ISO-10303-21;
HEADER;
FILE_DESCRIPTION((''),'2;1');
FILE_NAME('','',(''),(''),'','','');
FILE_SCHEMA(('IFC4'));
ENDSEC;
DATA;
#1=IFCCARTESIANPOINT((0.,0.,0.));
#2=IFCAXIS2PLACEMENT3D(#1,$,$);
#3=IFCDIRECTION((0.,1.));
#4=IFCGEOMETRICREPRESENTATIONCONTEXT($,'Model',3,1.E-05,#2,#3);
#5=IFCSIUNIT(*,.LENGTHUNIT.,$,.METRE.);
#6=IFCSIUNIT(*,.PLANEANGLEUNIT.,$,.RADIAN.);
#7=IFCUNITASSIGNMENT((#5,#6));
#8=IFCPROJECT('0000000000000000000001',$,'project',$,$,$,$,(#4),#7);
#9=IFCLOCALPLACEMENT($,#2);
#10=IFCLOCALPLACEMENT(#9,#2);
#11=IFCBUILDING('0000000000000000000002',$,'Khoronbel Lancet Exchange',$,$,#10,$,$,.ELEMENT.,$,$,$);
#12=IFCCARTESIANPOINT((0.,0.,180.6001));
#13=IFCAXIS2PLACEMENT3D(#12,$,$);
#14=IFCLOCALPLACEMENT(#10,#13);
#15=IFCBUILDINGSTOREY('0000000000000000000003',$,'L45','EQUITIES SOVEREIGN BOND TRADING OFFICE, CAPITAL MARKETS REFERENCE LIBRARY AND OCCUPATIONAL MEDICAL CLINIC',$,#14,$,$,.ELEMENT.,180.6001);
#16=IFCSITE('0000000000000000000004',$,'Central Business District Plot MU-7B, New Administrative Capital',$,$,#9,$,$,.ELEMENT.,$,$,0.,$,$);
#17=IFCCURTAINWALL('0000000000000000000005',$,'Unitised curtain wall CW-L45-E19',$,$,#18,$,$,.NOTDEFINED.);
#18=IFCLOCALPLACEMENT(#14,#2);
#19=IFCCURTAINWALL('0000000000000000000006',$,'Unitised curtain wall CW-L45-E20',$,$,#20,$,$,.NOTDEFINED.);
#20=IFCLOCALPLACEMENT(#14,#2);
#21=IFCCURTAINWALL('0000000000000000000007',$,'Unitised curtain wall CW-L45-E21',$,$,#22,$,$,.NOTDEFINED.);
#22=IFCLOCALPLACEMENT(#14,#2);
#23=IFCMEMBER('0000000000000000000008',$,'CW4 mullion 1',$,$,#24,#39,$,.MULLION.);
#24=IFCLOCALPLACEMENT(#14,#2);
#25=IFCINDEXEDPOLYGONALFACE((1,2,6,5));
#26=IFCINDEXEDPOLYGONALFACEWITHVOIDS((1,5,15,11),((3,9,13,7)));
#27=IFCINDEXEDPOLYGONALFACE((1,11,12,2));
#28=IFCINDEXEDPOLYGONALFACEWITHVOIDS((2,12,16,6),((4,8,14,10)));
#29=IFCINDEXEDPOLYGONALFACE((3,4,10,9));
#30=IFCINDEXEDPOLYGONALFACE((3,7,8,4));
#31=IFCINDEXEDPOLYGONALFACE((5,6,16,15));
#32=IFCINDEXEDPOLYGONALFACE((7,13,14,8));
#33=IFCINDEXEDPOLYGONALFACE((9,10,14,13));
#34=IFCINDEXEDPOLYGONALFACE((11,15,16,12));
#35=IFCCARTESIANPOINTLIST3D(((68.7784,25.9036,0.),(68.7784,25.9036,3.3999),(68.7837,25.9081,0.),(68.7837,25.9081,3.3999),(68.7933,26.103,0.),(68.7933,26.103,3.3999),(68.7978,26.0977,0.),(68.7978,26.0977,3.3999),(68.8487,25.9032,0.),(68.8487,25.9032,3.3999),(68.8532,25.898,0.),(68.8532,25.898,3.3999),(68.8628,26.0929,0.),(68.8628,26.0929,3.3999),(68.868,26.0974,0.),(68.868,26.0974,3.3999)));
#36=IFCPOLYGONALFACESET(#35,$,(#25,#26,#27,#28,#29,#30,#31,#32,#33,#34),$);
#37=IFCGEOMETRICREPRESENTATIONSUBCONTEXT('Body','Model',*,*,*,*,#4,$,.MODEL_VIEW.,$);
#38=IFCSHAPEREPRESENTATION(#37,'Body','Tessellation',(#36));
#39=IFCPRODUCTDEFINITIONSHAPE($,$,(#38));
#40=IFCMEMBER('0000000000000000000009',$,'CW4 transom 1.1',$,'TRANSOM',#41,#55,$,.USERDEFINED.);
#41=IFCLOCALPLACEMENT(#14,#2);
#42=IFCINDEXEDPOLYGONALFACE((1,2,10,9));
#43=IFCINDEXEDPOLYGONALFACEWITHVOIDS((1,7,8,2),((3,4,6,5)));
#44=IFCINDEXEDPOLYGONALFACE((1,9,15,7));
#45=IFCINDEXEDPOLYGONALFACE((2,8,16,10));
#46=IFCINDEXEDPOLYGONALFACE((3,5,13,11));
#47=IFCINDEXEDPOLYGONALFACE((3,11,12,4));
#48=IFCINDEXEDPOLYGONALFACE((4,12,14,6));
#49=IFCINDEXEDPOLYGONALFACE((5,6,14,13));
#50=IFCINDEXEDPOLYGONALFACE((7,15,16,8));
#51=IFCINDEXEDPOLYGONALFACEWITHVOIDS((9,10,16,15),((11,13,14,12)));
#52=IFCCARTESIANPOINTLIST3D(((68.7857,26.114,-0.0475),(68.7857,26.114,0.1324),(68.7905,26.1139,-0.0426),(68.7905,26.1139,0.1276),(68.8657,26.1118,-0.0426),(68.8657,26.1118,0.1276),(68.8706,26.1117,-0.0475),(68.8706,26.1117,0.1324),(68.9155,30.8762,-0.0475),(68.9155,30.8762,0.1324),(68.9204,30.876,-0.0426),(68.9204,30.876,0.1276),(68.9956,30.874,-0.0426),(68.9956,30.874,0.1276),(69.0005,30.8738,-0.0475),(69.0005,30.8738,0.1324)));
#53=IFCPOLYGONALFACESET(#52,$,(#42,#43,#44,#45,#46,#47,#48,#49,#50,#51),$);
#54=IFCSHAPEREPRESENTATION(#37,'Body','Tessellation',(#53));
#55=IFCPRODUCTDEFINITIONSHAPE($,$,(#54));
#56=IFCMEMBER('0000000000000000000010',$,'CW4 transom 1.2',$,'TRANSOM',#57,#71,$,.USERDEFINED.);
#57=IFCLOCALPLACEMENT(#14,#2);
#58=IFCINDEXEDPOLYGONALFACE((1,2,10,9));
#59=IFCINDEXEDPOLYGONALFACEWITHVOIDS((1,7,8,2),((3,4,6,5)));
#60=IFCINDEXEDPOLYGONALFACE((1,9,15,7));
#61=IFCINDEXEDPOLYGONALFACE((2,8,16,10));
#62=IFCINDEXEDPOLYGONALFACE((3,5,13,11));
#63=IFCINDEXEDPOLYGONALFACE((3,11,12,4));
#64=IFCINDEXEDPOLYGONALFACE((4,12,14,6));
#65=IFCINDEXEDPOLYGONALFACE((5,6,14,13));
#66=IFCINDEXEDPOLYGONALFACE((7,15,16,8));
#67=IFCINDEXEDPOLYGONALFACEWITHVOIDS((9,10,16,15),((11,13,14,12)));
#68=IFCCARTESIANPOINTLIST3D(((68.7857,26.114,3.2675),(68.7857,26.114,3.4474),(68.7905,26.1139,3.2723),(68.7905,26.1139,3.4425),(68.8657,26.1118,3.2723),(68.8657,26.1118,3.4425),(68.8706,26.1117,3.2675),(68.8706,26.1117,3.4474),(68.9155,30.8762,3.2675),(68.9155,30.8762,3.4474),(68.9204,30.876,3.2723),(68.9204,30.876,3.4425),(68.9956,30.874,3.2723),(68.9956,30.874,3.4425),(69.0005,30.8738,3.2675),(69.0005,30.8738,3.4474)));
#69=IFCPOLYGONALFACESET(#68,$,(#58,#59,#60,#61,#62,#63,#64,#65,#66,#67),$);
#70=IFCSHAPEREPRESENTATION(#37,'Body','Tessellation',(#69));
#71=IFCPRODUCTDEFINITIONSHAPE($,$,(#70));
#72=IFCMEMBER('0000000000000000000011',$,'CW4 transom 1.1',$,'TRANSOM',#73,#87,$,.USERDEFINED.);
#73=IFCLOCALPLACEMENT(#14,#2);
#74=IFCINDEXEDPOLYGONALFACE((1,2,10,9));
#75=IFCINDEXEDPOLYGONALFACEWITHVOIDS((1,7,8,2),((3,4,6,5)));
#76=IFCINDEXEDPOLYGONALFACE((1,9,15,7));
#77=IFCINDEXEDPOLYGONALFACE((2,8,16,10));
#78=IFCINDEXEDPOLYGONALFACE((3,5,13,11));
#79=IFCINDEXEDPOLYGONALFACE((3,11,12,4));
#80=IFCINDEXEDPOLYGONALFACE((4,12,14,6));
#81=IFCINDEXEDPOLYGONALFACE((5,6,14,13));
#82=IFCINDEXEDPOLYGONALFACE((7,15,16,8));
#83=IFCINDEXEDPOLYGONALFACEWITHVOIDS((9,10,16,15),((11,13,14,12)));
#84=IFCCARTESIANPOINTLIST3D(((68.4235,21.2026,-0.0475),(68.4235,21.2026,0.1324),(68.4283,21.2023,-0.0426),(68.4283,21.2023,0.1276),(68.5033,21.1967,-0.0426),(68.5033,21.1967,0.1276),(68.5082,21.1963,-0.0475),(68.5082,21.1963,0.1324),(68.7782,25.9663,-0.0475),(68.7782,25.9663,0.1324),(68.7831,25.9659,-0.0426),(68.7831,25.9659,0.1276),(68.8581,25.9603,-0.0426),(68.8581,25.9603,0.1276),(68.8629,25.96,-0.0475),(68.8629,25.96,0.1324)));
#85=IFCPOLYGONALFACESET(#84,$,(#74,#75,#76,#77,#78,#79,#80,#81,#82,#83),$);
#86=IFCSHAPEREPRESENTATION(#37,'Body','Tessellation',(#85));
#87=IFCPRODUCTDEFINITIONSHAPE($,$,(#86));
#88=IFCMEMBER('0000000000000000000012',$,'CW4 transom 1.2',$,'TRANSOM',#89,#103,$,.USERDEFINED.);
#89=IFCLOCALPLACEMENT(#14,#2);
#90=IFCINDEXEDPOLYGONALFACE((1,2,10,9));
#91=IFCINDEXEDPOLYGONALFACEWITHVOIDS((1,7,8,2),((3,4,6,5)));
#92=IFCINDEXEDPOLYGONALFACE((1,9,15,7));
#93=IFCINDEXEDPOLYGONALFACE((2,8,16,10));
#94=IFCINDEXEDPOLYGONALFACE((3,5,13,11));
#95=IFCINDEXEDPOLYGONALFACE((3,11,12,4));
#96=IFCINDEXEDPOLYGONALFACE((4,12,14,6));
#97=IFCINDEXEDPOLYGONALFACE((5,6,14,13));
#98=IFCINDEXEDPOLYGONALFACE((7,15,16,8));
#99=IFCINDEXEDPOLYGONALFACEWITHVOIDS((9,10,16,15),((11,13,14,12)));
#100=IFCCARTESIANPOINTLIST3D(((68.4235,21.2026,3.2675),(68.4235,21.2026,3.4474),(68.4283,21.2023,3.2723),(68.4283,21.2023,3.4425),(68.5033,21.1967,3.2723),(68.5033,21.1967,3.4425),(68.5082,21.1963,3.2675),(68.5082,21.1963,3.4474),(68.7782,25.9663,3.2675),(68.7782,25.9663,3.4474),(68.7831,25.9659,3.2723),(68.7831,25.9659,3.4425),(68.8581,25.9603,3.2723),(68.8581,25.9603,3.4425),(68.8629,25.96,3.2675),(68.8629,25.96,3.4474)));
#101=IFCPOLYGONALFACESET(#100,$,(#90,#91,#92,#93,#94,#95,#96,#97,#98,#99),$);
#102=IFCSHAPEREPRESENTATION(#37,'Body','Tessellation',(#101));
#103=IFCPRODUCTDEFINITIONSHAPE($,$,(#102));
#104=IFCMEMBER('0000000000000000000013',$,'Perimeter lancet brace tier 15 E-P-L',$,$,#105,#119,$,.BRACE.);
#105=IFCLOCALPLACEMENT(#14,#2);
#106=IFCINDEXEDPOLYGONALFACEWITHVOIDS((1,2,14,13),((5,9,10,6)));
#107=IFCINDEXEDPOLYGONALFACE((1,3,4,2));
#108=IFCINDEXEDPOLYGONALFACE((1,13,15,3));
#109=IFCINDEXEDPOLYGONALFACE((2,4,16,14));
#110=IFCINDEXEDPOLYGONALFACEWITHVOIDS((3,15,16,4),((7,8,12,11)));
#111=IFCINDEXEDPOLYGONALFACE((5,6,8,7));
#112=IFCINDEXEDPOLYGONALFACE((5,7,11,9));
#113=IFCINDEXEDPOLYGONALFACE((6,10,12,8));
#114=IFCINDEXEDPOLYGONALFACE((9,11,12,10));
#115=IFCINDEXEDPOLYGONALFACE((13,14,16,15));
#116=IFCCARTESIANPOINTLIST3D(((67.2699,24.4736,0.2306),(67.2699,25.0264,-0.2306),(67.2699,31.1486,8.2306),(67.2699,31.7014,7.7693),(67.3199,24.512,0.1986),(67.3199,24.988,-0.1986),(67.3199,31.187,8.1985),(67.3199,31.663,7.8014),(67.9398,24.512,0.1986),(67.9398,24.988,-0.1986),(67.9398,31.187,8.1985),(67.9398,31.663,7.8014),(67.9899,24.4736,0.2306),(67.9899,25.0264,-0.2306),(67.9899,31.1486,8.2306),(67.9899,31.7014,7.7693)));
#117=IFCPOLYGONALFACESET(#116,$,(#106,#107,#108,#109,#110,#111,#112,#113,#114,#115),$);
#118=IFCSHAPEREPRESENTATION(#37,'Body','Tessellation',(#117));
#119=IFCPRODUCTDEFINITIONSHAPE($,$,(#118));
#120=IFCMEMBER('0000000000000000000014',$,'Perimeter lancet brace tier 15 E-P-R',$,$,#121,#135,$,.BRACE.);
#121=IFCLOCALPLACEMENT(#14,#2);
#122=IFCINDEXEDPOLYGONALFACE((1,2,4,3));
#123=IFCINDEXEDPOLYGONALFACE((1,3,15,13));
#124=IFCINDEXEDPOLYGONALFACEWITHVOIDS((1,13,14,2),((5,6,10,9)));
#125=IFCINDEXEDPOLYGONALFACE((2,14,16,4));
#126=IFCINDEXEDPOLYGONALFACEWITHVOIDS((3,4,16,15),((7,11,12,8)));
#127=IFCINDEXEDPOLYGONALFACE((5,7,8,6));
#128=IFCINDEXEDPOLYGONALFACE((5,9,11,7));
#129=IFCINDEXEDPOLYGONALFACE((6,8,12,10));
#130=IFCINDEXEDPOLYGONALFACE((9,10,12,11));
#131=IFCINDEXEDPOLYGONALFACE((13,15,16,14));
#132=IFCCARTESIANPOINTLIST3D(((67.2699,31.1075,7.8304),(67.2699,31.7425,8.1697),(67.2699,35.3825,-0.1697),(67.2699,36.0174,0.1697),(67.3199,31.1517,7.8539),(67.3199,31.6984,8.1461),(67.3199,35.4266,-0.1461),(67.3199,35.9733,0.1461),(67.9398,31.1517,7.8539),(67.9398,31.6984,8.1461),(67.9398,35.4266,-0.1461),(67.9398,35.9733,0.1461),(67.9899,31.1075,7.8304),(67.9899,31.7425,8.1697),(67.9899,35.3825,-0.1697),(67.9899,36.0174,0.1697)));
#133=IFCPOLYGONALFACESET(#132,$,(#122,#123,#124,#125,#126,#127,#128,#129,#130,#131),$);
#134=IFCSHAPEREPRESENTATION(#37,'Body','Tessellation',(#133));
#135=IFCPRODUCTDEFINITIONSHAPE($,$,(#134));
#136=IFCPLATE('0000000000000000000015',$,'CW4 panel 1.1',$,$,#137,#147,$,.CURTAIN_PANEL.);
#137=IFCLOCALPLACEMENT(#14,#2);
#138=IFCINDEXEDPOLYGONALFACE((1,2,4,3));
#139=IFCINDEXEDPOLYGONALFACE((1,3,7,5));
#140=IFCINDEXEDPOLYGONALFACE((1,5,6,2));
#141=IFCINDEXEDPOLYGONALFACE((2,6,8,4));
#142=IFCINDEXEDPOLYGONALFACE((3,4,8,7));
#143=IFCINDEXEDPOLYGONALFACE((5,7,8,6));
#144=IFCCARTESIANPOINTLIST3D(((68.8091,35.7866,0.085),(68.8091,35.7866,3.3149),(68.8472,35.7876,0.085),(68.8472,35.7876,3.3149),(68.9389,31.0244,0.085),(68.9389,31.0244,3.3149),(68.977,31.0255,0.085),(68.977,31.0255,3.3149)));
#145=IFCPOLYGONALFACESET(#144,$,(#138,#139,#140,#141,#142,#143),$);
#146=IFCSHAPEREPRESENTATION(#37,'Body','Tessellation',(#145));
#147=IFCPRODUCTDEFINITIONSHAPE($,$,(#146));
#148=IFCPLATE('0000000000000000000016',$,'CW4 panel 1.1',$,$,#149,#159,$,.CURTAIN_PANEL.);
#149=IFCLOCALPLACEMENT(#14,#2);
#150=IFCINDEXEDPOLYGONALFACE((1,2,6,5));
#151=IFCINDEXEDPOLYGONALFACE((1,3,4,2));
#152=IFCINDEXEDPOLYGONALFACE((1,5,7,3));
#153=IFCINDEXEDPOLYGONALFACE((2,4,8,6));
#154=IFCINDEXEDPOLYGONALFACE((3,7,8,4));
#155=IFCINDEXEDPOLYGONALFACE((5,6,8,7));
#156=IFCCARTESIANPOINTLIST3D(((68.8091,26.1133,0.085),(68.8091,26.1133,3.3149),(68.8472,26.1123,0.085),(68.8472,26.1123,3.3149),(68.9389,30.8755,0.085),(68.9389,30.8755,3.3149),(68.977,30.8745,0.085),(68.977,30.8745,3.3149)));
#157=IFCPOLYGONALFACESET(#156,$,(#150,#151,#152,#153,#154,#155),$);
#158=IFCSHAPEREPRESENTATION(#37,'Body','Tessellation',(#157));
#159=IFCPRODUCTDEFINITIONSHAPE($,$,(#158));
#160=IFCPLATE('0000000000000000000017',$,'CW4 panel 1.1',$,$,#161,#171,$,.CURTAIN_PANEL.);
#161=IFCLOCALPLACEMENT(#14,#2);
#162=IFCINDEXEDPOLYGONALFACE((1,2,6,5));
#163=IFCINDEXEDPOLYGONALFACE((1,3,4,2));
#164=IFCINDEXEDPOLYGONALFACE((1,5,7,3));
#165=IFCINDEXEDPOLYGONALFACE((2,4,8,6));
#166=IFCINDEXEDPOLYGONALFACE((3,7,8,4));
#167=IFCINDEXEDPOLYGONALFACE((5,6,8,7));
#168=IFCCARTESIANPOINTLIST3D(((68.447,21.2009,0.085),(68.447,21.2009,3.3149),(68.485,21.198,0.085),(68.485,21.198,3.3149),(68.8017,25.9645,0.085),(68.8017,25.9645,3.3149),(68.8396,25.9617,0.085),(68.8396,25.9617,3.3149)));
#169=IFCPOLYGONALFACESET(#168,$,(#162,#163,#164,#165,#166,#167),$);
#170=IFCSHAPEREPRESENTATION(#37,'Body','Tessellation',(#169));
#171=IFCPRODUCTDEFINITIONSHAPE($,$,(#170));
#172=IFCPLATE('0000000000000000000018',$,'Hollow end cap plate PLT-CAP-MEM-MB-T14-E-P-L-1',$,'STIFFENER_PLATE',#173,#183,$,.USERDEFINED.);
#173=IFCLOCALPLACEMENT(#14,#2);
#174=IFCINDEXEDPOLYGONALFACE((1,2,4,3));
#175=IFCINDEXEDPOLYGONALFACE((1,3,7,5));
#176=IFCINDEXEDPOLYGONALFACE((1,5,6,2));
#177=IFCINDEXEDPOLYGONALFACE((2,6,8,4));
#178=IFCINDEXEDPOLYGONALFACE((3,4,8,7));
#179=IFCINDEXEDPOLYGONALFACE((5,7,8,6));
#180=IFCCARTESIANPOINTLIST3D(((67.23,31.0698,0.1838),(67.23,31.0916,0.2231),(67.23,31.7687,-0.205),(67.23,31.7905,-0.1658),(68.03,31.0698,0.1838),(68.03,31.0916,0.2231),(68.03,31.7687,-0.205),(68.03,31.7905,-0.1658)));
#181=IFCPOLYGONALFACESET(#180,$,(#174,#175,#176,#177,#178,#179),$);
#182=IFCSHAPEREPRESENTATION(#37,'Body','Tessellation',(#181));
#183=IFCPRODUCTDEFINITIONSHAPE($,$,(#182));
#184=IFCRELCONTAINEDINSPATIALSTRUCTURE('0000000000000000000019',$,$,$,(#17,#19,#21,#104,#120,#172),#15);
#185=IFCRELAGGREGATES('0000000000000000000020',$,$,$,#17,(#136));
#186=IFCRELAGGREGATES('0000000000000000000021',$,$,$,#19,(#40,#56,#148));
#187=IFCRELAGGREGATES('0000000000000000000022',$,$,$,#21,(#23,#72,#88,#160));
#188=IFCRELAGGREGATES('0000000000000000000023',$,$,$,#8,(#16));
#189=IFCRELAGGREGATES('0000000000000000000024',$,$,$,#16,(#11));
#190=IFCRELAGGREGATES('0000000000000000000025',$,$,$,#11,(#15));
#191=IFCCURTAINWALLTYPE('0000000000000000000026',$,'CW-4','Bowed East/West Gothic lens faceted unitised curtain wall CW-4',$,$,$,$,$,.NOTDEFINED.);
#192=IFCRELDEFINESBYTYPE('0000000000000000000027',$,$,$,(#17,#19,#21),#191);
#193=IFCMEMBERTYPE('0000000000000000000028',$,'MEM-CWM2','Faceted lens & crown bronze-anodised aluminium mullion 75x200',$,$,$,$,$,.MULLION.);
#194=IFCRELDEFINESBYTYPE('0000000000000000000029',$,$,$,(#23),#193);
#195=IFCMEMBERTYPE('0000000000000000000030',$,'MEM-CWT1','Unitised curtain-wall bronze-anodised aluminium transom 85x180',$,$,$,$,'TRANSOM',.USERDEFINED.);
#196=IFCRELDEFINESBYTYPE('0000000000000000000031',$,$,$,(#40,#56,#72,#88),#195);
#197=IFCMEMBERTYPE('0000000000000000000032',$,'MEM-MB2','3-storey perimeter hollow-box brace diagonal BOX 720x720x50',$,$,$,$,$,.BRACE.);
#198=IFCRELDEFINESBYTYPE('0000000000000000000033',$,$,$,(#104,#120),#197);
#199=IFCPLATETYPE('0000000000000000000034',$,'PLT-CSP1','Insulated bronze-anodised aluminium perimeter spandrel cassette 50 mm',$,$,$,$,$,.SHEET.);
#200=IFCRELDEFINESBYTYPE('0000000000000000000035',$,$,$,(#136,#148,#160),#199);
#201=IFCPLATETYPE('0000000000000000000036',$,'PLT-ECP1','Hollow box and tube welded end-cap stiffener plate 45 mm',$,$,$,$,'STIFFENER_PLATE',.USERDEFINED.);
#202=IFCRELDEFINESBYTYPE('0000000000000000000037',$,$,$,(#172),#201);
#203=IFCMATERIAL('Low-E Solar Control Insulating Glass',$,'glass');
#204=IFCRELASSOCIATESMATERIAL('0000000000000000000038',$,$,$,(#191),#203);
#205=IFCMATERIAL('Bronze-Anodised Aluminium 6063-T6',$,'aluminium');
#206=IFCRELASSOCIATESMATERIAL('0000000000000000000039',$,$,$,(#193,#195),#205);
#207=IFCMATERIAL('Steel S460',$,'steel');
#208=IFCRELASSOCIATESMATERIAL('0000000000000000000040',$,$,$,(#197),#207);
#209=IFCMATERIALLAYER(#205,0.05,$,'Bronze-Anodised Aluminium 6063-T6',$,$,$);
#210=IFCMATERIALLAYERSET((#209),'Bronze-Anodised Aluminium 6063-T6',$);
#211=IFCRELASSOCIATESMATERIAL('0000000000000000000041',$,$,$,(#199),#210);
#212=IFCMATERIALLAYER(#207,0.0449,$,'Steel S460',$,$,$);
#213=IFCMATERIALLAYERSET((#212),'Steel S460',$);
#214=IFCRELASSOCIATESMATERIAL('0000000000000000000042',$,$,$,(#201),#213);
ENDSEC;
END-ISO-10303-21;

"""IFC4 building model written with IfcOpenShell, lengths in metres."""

from ifc_helpers import new_model, si_unit, direction, frame, origin, origin_2d, place, context, subcontext, project, spatial, polyline, rectangle, hollow_rectangle, outline, extrude, material, layer, layer_set, material_profile, profile_set, type_object, element, aggregate, save


model = new_model("IFC4")

# Units and contexts
model_context = context("Model", 3, precision=1e-05, world=origin(), true_north=direction((0.0, 1.0)))
body_context = subcontext(model_context, "Body", "Model", "MODEL_VIEW")
ifc_project = project(units=[si_unit("LENGTHUNIT", "METRE"), si_unit("PLANEANGLEUNIT", "RADIAN")], contexts=[model_context])

# Site, building, storey
site_placement = place(None, origin())
site = spatial("IfcSite", under=ifc_project, at=site_placement, Name="Central Business District Plot MU-7B, New Administrative Capital", CompositionType="ELEMENT", RefElevation=0.0)
building_placement = place(site_placement, origin())
building = spatial("IfcBuilding", under=site, at=building_placement, Name="Khoronbel Lancet Exchange", CompositionType="ELEMENT")
storey_placement = place(building_placement, frame((0.0, 0.0, 180.6001)))
storey = spatial("IfcBuildingStorey", under=building, at=storey_placement, Name="L45", Description="EQUITIES SOVEREIGN BOND TRADING OFFICE, CAPITAL MARKETS REFERENCE LIBRARY AND OCCUPATIONAL MEDICAL CLINIC", CompositionType="ELEMENT", Elevation=180.6001)

# Curtain wall
ifc_material_1 = material(Name="Low-E Solar Control Insulating Glass", Category="glass")
curtain_wall_type = type_object("IfcCurtainWallType", Name="CW-4", Description="Bowed East/West Gothic lens faceted unitised curtain wall CW-4", PredefinedType="NOTDEFINED", material=ifc_material_1)
curtain_wall_1_placement = place(storey_placement, origin())
curtain_wall_1 = element("IfcCurtainWall", 1, at=curtain_wall_1_placement, inside=storey, type_object=curtain_wall_type, Name="Unitised curtain wall CW-L45-E19", PredefinedType="NOTDEFINED")
ifc_material_2 = material(Name="Bronze-Anodised Aluminium 6063-T6", Category="aluminium")
ifc_material_profile_1 = material_profile(ifc_material_2, hollow_rectangle(XDim=0.075, YDim=0.2, WallThickness=0.0049, at=origin_2d()), Name="ALU MULLION 75x200")
ifc_profile_set_1 = profile_set([ifc_material_profile_1], Name="Bronze-Anodised Aluminium 6063-T6")
member_type_1 = type_object("IfcMemberType", Name="MEM-CWM2", Description="Faceted lens & crown bronze-anodised aluminium mullion 75x200", PredefinedType="MULLION", material=ifc_profile_set_1)

# Curtain wall
curtain_wall_2_placement = place(storey_placement, origin())
curtain_wall_2 = element("IfcCurtainWall", 2, at=curtain_wall_2_placement, inside=storey, type_object=curtain_wall_type, Name="Unitised curtain wall CW-L45-E20", PredefinedType="NOTDEFINED")

# Curtain wall, member
curtain_wall_3_placement = place(storey_placement, origin())
curtain_wall_3 = element("IfcCurtainWall", 3, at=curtain_wall_3_placement, inside=storey, type_object=curtain_wall_type, Name="Unitised curtain wall CW-L45-E21", PredefinedType="NOTDEFINED")
member_1_placement = place(storey_placement, frame((68.8232, 26.0005, 0.0), z_axis=(0.0, 0.0, 1.0), x_axis=(0.99724, -0.074245, 0.0)))
member_1 = element("IfcMember", 4, at=member_1_placement, type_object=member_type_1, Name="CW4 mullion 1", PredefinedType="MULLION", context=body_context, shape_type="SweptSolid", body=[
    extrude(hollow_rectangle(XDim=0.075, YDim=0.2, WallThickness=0.0049, at=origin_2d()), origin(), (0.0, 0.0, 1.0), 3.3999),
])

# Members
ifc_material_profile_2 = material_profile(ifc_material_2, hollow_rectangle(XDim=0.085, YDim=0.1799, WallThickness=0.0049, at=origin_2d()), Name="ALU TRANSOM 85x180")
ifc_profile_set_2 = profile_set([ifc_material_profile_2], Name="Bronze-Anodised Aluminium 6063-T6")
member_type_2 = type_object("IfcMemberType", Name="MEM-CWT1", Description="Unitised curtain-wall bronze-anodised aluminium transom 85x180", ElementType="TRANSOM", PredefinedType="USERDEFINED", material=ifc_profile_set_2)
member_2_placement = place(storey_placement, frame((68.958, 30.875, 0.0425), z_axis=(-0.027264, -0.999628, 0.0), x_axis=(0.999628, -0.027264, 0.0)))
member_2 = element("IfcMember", 5, at=member_2_placement, type_object=member_type_2, Name="CW4 transom 1.1", ObjectType="TRANSOM", PredefinedType="USERDEFINED", context=body_context, shape_type="SweptSolid", body=[
    extrude(hollow_rectangle(XDim=0.085, YDim=0.1799, WallThickness=0.0049, at=origin_2d()), origin(), (0.0, 0.0, 1.0), 4.7639),
])
member_3_placement = place(storey_placement, frame((68.958, 30.875, 3.3574), z_axis=(-0.027264, -0.999628, 0.0), x_axis=(0.999628, -0.027264, 0.0)))
member_3 = element("IfcMember", 6, at=member_3_placement, type_object=member_type_2, Name="CW4 transom 1.2", ObjectType="TRANSOM", PredefinedType="USERDEFINED", context=body_context, shape_type="SweptSolid", body=[
    extrude(hollow_rectangle(XDim=0.085, YDim=0.1799, WallThickness=0.0049, at=origin_2d()), origin(), (0.0, 0.0, 1.0), 4.7639),
])
member_4_placement = place(storey_placement, frame((68.8206, 25.9631, 0.0425), z_axis=(-0.074261, -0.997239, 0.0), x_axis=(0.997239, -0.074261, 0.0)))
member_4 = element("IfcMember", 7, at=member_4_placement, type_object=member_type_2, Name="CW4 transom 1.1", ObjectType="TRANSOM", PredefinedType="USERDEFINED", context=body_context, shape_type="SweptSolid", body=[
    extrude(hollow_rectangle(XDim=0.085, YDim=0.1799, WallThickness=0.0049, at=origin_2d()), origin(), (0.0, 0.0, 1.0), 4.7769),
])
member_5_placement = place(storey_placement, frame((68.8206, 25.9631, 3.3574), z_axis=(-0.074261, -0.997239, 0.0), x_axis=(0.997239, -0.074261, 0.0)))
member_5 = element("IfcMember", 8, at=member_5_placement, type_object=member_type_2, Name="CW4 transom 1.2", ObjectType="TRANSOM", PredefinedType="USERDEFINED", context=body_context, shape_type="SweptSolid", body=[
    extrude(hollow_rectangle(XDim=0.085, YDim=0.1799, WallThickness=0.0049, at=origin_2d()), origin(), (0.0, 0.0, 1.0), 4.7769),
])

# Members
ifc_material_3 = material(Name="Steel S460", Category="steel")
ifc_material_profile_3 = material_profile(ifc_material_3, hollow_rectangle(XDim=0.72, YDim=0.72, WallThickness=0.05, at=origin_2d()), Name="BOX 720x720x50")
ifc_profile_set_3 = profile_set([ifc_material_profile_3], Name="Steel S460")
member_type_3 = type_object("IfcMemberType", Name="MEM-MB2", Description="3-storey perimeter hollow-box brace diagonal BOX 720x720x50", PredefinedType="BRACE", material=ifc_profile_set_3)
member_6_placement = place(storey_placement, frame((67.6299, 24.75, 0.0), z_axis=(0.0, 0.640659, 0.767825), x_axis=(-1.0, 0.0, 0.0)))
element("IfcMember", 9, at=member_6_placement, inside=storey, type_object=member_type_3, Name="Perimeter lancet brace tier 15 E-P-L", PredefinedType="BRACE", context=body_context, shape_type="SweptSolid", body=[
    extrude(hollow_rectangle(XDim=0.72, YDim=0.72, WallThickness=0.05, at=origin_2d()), origin(), (0.0, 0.0, 1.0), 10.4189),
])
member_7_placement = place(storey_placement, frame((67.6299, 35.7, 0.0), z_axis=(0.0, -0.471295, 0.881976), x_axis=(1.0, 0.0, 0.0)))
element("IfcMember", 10, at=member_7_placement, inside=storey, type_object=member_type_3, Name="Perimeter lancet brace tier 15 E-P-R", PredefinedType="BRACE", context=body_context, shape_type="SweptSolid", body=[
    extrude(hollow_rectangle(XDim=0.72, YDim=0.72, WallThickness=0.05, at=origin_2d()), origin(), (0.0, 0.0, 1.0), 9.0706),
])

# Plates
ifc_layer_1 = layer(ifc_material_2, 0.05, Name="Bronze-Anodised Aluminium 6063-T6")
ifc_layer_set_1 = layer_set([ifc_layer_1], Name="Bronze-Anodised Aluminium 6063-T6")
plate_type_1 = type_object("IfcPlateType", Name="PLT-CSP1", Description="Insulated bronze-anodised aluminium perimeter spandrel cassette 50 mm", PredefinedType="SHEET", material=ifc_layer_set_1)
plate_1_placement = place(storey_placement, frame((68.8931, 33.406, 0.085), z_axis=(0.0, 0.0, 1.0), x_axis=(0.027249, -0.999629, 0.0)))
plate_1 = element("IfcPlate", 11, at=plate_1_placement, type_object=plate_type_1, Name="CW4 panel 1.1", PredefinedType="CURTAIN_PANEL", context=body_context, shape_type="SweptSolid", body=[
    extrude(rectangle(XDim=4.7639, YDim=0.0381, at=origin_2d()), origin(), (0.0, 0.0, 1.0), 3.23),
])
aggregate(curtain_wall_1, [plate_1])
plate_2_placement = place(storey_placement, frame((68.8931, 28.4939, 0.085), z_axis=(0.0, 0.0, 1.0), x_axis=(-0.027249, -0.999629, 0.0)))
plate_2 = element("IfcPlate", 12, at=plate_2_placement, type_object=plate_type_1, Name="CW4 panel 1.1", PredefinedType="CURTAIN_PANEL", context=body_context, shape_type="SweptSolid", body=[
    extrude(rectangle(XDim=4.7639, YDim=0.0381, at=origin_2d()), origin(), (0.0, 0.0, 1.0), 3.23),
])
aggregate(curtain_wall_2, [member_2, member_3, plate_2])
plate_3_placement = place(storey_placement, frame((68.6433, 23.5813, 0.085), z_axis=(0.0, 0.0, 1.0), x_axis=(-0.074245, -0.99724, 0.0)))
plate_3 = element("IfcPlate", 13, at=plate_3_placement, type_object=plate_type_1, Name="CW4 panel 1.1", PredefinedType="CURTAIN_PANEL", context=body_context, shape_type="SweptSolid", body=[
    extrude(rectangle(XDim=4.7769, YDim=0.0381, at=origin_2d()), origin(), (0.0, 0.0, 1.0), 3.23),
])
aggregate(curtain_wall_3, [member_1, member_4, member_5, plate_3])

# Plate
ifc_layer_2 = layer(ifc_material_3, 0.0449, Name="Steel S460")
ifc_layer_set_2 = layer_set([ifc_layer_2], Name="Steel S460")
plate_type_2 = type_object("IfcPlateType", Name="PLT-ECP1", Description="Hollow box and tube welded end-cap stiffener plate 45 mm", ElementType="STIFFENER_PLATE", PredefinedType="USERDEFINED", material=ifc_layer_set_2)
plate_4_placement = place(storey_placement, frame((68.03, 31.7905, -0.1658), z_axis=(0.0, 0.486213, 0.87384), x_axis=(-1.0, 0.0, 0.0)))
element("IfcPlate", 14, at=plate_4_placement, inside=storey, type_object=plate_type_2, Name="Hollow end cap plate PLT-CAP-MEM-MB-T14-E-P-L-1", ObjectType="STIFFENER_PLATE", PredefinedType="USERDEFINED", context=body_context, shape_type="SweptSolid", body=[
    extrude(outline(polyline([(0.0, 0.0), (0.8, 0.0), (0.8, 0.7998), (0.0, 0.7998), (0.0, 0.0)])), origin(), (0.0, 0.0, -1.0), 0.0449),
])

save(model, "model.ifc")
